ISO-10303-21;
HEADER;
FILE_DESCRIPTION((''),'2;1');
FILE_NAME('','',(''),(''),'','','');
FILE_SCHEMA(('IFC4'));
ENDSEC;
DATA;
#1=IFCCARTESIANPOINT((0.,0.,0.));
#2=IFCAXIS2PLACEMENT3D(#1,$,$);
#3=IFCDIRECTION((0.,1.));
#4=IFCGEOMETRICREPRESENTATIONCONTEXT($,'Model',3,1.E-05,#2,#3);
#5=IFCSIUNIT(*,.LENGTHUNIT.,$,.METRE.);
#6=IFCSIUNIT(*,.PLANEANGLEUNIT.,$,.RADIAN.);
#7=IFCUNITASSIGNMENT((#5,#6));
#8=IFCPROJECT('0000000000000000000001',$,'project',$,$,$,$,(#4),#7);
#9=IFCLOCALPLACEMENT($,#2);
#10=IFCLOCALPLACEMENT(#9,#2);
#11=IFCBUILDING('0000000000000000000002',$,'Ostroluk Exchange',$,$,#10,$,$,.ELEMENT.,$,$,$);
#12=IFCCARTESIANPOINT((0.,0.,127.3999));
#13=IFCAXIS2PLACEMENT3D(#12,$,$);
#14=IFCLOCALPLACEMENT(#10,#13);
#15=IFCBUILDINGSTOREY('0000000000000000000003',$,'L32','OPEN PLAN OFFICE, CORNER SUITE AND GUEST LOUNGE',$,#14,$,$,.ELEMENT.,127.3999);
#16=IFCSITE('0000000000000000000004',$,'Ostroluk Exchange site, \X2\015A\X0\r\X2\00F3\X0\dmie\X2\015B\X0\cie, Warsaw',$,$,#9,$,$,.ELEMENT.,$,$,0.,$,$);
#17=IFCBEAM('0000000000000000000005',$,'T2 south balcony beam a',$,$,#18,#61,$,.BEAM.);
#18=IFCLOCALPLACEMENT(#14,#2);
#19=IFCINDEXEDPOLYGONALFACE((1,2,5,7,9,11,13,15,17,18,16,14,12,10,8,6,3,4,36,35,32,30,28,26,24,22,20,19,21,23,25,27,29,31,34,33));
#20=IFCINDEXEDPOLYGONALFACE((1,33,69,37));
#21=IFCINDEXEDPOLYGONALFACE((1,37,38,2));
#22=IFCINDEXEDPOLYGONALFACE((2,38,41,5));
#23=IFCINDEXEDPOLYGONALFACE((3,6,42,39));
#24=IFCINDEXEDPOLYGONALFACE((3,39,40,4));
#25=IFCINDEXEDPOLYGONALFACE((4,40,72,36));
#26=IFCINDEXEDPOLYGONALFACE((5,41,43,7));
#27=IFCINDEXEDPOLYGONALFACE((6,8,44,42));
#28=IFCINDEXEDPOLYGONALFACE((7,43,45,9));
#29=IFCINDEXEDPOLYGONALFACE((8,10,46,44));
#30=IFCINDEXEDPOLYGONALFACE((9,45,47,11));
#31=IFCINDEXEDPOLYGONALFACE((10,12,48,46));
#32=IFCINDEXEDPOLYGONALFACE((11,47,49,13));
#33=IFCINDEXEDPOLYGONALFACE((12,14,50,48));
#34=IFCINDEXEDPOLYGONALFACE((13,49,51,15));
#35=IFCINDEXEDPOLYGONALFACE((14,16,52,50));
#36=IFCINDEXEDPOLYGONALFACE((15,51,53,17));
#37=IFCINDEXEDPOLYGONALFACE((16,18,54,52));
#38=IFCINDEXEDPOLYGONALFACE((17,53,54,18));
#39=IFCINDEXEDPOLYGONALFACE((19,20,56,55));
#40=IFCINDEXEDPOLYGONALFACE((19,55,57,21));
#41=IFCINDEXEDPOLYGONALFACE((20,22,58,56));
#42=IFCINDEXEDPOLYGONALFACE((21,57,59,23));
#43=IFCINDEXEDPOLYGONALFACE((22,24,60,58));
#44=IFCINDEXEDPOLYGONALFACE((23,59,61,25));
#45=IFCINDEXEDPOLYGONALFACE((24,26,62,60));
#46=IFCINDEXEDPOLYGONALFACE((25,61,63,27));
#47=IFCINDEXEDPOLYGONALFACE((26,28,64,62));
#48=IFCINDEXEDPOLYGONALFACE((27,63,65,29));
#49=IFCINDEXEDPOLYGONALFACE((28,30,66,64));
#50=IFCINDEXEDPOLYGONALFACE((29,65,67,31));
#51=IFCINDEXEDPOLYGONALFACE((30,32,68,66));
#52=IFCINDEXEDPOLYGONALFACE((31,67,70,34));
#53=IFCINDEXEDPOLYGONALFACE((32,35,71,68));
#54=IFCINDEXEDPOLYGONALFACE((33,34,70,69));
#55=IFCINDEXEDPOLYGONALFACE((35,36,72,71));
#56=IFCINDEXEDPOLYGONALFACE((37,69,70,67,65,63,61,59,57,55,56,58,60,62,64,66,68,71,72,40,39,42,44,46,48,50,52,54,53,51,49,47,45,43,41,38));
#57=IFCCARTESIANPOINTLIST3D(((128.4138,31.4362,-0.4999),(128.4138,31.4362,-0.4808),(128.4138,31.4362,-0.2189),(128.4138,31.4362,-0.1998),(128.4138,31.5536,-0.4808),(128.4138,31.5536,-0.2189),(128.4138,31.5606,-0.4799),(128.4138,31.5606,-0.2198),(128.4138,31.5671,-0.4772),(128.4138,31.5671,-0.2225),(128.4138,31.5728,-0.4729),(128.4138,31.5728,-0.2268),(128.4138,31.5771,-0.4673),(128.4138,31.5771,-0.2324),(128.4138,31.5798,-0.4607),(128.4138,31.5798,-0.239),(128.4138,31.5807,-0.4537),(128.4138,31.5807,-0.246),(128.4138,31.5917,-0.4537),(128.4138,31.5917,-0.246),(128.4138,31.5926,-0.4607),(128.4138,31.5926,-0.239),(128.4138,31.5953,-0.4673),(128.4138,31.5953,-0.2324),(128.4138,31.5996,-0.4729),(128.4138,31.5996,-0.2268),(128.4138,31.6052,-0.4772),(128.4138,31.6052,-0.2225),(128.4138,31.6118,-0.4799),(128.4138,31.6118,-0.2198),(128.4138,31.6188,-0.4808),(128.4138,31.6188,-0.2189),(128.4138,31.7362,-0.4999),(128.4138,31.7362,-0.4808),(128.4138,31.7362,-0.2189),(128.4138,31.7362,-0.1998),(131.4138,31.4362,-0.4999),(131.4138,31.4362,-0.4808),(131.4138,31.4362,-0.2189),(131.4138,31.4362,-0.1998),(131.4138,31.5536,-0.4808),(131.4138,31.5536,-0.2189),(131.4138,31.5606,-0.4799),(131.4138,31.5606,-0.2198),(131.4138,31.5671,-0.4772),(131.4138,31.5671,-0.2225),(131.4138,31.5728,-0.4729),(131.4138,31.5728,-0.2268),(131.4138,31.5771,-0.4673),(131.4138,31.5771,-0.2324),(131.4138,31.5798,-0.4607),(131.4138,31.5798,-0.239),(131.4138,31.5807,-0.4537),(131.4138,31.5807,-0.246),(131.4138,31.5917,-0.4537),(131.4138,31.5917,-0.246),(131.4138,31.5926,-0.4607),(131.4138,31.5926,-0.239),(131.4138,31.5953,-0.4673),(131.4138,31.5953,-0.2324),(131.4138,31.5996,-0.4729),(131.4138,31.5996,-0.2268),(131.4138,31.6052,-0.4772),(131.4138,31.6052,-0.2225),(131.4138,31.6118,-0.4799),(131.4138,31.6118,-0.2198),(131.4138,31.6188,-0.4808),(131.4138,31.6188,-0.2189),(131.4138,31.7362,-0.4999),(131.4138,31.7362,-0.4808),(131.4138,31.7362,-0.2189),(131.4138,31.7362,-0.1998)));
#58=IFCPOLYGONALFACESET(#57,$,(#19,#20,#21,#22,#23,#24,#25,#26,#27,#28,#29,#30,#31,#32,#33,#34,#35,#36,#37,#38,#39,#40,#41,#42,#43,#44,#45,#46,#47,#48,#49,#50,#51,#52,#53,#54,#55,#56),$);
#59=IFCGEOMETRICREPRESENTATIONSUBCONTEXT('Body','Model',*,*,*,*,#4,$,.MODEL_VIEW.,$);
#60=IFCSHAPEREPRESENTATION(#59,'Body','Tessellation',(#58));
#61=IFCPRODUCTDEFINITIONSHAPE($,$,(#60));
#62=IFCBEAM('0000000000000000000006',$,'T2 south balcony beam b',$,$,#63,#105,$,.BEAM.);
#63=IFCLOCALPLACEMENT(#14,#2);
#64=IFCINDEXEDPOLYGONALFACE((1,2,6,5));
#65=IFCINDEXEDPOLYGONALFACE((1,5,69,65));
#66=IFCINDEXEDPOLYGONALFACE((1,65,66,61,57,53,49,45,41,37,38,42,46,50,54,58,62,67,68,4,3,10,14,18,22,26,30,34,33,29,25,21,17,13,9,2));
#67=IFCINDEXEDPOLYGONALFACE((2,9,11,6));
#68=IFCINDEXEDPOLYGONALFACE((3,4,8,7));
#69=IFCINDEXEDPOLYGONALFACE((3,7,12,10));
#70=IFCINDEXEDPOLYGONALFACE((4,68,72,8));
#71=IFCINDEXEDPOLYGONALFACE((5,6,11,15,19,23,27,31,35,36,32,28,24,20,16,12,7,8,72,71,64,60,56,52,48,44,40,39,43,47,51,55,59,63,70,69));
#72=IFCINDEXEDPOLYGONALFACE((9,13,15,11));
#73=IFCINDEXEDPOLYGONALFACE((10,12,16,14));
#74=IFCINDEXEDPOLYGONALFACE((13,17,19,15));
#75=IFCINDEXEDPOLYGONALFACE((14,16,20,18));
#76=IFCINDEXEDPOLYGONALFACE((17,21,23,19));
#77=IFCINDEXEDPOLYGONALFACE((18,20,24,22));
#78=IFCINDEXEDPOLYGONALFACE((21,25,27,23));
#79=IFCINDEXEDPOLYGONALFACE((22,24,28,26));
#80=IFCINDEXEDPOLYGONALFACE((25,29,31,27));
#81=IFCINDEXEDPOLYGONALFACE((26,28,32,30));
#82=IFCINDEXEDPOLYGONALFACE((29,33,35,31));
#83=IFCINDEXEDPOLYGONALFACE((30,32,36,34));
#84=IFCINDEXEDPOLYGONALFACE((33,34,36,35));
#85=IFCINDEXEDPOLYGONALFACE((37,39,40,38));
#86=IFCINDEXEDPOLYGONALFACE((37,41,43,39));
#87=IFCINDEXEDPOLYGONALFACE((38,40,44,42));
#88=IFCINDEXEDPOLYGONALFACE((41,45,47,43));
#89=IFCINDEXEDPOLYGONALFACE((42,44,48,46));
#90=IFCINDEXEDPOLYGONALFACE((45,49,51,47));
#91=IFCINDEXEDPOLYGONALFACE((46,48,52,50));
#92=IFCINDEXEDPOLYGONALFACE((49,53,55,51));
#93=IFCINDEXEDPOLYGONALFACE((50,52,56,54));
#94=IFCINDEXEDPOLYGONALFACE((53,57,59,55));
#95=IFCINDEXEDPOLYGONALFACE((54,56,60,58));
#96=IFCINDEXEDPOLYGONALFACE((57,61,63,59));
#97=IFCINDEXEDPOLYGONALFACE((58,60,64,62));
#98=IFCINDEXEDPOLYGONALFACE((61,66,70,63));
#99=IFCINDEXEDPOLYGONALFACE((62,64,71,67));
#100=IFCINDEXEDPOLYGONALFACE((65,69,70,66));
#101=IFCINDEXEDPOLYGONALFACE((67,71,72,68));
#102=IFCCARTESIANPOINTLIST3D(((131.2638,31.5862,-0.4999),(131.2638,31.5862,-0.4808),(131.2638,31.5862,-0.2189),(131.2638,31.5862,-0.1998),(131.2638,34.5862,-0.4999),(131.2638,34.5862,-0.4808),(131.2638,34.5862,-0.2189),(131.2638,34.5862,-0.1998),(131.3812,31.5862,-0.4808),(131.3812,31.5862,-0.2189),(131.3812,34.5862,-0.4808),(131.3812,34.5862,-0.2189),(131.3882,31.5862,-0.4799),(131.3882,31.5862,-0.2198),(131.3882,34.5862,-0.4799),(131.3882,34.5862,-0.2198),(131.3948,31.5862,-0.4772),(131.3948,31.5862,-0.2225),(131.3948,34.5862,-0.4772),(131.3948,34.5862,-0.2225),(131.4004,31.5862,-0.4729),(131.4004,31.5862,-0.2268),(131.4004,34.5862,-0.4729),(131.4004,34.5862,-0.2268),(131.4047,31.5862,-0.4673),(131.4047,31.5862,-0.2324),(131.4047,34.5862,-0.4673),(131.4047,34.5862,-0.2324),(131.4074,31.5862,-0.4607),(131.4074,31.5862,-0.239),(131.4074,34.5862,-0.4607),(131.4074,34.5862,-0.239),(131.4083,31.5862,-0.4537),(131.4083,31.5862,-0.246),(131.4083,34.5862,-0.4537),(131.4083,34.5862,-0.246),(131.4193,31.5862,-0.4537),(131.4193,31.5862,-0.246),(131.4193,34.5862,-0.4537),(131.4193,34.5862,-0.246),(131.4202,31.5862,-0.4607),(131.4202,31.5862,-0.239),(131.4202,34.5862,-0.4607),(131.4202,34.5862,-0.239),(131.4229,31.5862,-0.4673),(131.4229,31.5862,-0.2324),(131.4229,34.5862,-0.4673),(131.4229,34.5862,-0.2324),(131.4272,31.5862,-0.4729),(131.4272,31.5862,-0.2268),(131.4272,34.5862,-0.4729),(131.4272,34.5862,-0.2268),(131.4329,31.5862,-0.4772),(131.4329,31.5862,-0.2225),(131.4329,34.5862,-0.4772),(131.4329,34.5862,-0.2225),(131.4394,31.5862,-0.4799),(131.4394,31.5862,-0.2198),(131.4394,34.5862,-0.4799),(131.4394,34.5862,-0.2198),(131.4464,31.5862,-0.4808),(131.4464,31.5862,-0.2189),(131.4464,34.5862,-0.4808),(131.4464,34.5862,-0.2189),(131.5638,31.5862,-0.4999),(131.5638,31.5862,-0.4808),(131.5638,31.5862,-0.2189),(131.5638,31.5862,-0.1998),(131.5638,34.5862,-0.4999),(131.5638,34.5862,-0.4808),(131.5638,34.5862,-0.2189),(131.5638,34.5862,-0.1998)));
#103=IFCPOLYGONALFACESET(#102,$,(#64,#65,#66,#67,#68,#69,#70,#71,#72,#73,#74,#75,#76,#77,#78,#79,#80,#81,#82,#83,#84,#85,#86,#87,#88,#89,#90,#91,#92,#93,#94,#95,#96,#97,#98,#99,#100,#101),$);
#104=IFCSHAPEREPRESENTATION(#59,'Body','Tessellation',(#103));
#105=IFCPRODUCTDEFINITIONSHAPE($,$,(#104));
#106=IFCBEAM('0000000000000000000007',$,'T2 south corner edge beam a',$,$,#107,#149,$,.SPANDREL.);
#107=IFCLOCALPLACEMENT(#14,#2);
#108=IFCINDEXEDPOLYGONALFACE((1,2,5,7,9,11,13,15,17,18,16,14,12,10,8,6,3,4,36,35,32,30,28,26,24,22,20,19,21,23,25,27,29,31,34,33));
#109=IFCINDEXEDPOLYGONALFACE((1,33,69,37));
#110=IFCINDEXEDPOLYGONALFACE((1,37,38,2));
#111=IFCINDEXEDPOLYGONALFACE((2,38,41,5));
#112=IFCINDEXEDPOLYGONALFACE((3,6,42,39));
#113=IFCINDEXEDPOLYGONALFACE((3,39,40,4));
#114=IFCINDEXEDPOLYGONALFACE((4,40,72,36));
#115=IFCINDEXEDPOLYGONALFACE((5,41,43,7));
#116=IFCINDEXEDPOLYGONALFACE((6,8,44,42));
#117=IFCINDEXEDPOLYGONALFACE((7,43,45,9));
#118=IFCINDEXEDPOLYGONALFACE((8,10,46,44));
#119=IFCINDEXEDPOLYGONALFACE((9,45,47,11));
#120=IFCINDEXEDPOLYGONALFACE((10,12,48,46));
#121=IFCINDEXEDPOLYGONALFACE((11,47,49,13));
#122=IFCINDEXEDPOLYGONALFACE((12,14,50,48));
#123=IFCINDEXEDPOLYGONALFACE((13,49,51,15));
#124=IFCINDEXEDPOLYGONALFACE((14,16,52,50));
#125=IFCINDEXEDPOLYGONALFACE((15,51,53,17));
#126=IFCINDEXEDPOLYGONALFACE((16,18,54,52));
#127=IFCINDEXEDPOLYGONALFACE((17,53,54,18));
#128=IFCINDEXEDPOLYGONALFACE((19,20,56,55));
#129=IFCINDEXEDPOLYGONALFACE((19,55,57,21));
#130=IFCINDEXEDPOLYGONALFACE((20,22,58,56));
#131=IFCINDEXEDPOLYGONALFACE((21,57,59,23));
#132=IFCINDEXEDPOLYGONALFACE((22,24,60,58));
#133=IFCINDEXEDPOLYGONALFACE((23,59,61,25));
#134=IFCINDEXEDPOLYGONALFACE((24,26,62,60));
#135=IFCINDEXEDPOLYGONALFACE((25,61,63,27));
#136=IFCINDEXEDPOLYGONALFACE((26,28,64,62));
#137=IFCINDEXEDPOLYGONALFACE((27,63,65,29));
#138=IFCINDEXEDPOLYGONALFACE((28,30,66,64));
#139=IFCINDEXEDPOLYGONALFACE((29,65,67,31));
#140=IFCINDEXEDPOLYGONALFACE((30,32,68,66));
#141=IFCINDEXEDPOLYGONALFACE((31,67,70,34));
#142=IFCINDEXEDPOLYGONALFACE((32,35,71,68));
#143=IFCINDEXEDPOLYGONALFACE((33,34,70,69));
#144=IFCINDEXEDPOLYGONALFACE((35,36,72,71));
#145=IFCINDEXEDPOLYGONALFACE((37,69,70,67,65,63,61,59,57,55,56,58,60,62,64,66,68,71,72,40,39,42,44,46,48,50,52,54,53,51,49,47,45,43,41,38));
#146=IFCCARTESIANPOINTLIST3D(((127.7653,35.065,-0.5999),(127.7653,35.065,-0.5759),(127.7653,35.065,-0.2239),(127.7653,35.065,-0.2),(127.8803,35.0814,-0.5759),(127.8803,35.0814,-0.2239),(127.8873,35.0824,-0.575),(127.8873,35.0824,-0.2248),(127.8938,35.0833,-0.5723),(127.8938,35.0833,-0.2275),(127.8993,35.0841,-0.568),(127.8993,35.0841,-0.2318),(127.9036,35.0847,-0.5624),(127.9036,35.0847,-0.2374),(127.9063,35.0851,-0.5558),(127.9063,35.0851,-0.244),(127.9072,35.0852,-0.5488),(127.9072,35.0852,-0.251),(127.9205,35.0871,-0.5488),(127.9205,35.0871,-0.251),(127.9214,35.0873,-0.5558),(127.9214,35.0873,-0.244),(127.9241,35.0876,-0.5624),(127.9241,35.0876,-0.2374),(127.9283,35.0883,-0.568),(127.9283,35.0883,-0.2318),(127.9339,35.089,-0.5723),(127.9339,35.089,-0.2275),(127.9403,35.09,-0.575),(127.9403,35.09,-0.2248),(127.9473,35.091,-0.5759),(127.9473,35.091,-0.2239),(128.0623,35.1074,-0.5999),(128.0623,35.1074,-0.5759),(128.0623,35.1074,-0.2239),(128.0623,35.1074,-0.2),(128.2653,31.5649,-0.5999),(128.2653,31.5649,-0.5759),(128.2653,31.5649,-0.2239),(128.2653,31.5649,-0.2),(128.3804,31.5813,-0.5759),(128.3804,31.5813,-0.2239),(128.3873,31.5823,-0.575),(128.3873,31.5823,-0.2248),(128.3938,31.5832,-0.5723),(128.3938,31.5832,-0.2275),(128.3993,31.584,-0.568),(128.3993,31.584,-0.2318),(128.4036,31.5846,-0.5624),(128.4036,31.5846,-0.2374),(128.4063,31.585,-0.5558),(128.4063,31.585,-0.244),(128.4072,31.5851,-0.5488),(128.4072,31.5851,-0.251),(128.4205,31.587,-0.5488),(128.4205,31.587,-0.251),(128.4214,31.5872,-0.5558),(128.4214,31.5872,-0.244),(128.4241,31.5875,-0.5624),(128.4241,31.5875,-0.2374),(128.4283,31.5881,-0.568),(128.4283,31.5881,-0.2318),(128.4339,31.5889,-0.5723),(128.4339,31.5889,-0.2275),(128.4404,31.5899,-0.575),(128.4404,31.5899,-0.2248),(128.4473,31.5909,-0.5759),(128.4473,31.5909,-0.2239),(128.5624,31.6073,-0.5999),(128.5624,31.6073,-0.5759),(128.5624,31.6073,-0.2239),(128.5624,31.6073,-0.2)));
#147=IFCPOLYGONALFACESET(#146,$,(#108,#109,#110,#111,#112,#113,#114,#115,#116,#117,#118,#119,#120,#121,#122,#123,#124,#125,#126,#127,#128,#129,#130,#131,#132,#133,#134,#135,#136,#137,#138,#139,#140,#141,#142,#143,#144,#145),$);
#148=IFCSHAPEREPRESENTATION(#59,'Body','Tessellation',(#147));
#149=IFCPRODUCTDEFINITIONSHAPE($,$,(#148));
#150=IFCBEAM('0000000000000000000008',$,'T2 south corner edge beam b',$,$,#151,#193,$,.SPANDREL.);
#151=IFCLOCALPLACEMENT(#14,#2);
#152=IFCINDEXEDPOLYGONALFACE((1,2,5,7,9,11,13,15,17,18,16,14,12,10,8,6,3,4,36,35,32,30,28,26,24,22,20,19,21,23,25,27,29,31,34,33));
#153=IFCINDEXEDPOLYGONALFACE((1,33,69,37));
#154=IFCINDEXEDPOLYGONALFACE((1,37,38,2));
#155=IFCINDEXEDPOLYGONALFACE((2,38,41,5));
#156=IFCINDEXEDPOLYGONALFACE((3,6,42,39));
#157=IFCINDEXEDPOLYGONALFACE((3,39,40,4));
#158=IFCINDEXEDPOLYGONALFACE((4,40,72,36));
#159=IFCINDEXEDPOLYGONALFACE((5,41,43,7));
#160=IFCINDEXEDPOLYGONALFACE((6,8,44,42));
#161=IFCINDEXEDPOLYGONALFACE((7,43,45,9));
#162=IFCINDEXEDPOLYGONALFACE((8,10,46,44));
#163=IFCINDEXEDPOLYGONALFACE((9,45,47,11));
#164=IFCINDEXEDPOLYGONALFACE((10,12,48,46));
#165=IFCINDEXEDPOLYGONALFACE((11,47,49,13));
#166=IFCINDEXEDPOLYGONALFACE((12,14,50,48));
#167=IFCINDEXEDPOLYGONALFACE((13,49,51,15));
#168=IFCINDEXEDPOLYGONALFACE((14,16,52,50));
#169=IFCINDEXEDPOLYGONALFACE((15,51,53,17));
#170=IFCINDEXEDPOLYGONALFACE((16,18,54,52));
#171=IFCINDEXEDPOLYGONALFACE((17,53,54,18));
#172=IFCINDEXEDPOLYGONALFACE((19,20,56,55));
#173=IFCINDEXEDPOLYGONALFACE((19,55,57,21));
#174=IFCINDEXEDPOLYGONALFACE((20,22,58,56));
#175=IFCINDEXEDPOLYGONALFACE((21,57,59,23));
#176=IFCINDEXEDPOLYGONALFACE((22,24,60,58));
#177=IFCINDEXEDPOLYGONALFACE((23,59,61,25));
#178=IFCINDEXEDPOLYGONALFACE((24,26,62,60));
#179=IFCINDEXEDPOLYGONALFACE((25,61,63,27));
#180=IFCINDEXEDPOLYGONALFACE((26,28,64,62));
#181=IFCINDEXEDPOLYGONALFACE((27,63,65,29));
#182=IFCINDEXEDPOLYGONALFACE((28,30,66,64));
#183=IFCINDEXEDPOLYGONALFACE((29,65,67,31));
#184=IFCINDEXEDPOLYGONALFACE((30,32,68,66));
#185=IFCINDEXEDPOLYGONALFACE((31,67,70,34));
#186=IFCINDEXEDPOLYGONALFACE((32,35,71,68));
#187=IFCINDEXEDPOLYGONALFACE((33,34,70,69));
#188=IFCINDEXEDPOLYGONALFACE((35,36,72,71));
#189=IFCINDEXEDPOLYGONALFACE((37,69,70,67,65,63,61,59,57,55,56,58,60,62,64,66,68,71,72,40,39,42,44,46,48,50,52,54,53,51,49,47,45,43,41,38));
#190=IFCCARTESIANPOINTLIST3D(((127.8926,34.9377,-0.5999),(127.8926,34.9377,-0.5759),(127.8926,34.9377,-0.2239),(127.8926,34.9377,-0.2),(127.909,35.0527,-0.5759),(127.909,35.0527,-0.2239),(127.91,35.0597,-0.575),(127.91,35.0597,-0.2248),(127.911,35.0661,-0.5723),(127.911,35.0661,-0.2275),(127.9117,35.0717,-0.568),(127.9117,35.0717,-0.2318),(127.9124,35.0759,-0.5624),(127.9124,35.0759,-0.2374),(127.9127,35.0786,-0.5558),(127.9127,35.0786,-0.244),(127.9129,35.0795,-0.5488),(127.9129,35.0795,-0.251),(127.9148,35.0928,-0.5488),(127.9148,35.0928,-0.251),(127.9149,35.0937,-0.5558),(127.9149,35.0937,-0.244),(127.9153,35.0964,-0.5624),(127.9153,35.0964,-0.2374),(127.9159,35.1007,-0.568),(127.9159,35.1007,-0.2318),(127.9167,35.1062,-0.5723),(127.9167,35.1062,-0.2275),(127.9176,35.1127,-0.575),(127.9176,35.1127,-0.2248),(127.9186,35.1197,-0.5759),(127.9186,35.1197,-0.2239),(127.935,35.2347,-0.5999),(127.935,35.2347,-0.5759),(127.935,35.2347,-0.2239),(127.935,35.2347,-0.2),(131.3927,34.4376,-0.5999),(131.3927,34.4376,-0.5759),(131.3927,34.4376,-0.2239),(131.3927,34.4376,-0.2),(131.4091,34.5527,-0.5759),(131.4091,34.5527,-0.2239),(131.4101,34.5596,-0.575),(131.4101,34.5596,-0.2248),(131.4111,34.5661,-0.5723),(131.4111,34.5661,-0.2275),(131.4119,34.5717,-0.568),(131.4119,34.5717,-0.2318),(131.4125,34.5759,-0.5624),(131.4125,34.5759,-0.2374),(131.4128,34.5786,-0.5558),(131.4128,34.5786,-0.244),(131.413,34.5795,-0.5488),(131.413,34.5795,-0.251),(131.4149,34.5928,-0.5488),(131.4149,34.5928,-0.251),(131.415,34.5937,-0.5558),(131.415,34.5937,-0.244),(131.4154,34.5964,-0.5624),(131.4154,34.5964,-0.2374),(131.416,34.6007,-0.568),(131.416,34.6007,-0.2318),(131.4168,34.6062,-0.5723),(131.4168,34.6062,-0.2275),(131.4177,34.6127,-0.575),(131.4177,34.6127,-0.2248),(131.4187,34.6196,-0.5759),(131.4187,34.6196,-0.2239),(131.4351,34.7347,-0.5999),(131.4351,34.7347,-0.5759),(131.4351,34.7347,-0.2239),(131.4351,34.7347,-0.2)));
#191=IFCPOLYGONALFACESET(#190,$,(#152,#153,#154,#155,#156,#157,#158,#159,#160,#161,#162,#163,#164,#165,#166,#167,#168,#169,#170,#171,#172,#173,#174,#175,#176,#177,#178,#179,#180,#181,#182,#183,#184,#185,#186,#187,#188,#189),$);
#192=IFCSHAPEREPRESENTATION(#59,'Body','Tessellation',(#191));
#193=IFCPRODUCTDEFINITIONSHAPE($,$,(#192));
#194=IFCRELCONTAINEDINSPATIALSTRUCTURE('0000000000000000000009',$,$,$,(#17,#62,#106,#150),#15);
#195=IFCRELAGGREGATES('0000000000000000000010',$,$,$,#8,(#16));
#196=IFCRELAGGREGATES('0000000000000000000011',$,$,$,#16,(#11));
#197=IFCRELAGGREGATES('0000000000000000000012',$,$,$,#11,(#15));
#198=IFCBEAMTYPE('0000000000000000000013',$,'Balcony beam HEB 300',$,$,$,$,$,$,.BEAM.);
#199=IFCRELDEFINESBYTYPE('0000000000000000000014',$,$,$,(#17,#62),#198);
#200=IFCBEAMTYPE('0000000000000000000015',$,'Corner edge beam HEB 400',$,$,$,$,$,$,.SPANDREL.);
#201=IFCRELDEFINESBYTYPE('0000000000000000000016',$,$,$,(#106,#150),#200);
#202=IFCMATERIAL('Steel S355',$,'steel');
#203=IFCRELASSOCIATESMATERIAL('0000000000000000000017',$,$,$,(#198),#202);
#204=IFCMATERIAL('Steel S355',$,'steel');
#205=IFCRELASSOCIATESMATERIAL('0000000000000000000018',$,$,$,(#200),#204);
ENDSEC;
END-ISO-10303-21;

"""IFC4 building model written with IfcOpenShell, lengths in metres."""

from ifc_helpers import new_model, si_unit, direction, frame, origin, origin_2d, place, context, subcontext, project, spatial, i_section, extrude, material, material_profile, profile_set, type_object, element, save


model = new_model("IFC4")

# Units and contexts
model_context = context("Model", 3, precision=1e-05, world=origin(), true_north=direction((0.0, 1.0)))
body_context = subcontext(model_context, "Body", "Model", "MODEL_VIEW")
ifc_project = project(units=[si_unit("LENGTHUNIT", "METRE"), si_unit("PLANEANGLEUNIT", "RADIAN")], contexts=[model_context])

# Site, building, storey
site_placement = place(None, origin())
site = spatial("IfcSite", under=ifc_project, at=site_placement, Name="Ostroluk Exchange site, Śródmieście, Warsaw", CompositionType="ELEMENT", RefElevation=0.0)
building_placement = place(site_placement, origin())
building = spatial("IfcBuilding", under=site, at=building_placement, Name="Ostroluk Exchange", CompositionType="ELEMENT")
storey_placement = place(building_placement, frame((0.0, 0.0, 127.3999)))
storey = spatial("IfcBuildingStorey", under=building, at=storey_placement, Name="L32", Description="OPEN PLAN OFFICE, CORNER SUITE AND GUEST LOUNGE", CompositionType="ELEMENT", Elevation=127.3999)

# Beams
ifc_material_1 = material(Name="Steel S355", Category="steel")
ifc_material_profile_1 = material_profile(ifc_material_1, i_section(OverallWidth=0.3, OverallDepth=0.3, WebThickness=0.011, FlangeThickness=0.019, FilletRadius=0.0271, at=origin_2d()), Name="HEB 300")
ifc_profile_set_1 = profile_set([ifc_material_profile_1], Name="Steel S355")
beam_type_1 = type_object("IfcBeamType", Name="Balcony beam HEB 300", PredefinedType="BEAM", material=ifc_profile_set_1)
for number, where, z_axis, x_axis, name in (
    (1, (128.4138, 31.5862, -0.3499), (1.0, 0.0, 0.0), (0.0, 1.0, 0.0), "T2 south balcony beam a"),
    (2, (131.4138, 34.5862, -0.3499), (0.0, -1.0, 0.0), (1.0, 0.0, 0.0), "T2 south balcony beam b"),
):
    element("IfcBeam", number, at=place(storey_placement, frame(where, z_axis=z_axis, x_axis=x_axis)), inside=storey, type_object=beam_type_1, Name=name, PredefinedType="BEAM", context=body_context, shape_type="SweptSolid", body=[
        extrude(i_section(OverallWidth=0.3, OverallDepth=0.3, WebThickness=0.011, FlangeThickness=0.019, FilletRadius=0.0271, at=origin_2d()), origin(), (0.0, 0.0, 1.0), 3.0),
    ])
ifc_material_2 = material(Name="Steel S355", Category="steel")
ifc_material_profile_2 = material_profile(ifc_material_2, i_section(OverallWidth=0.3, OverallDepth=0.3999, WebThickness=0.0134, FlangeThickness=0.0239, FilletRadius=0.0271, at=origin_2d()), Name="HEB 400")
ifc_profile_set_2 = profile_set([ifc_material_profile_2], Name="Steel S355")
beam_type_2 = type_object("IfcBeamType", Name="Corner edge beam HEB 400", PredefinedType="SPANDREL", material=ifc_profile_set_2)
for number, where, z_axis, x_axis, name in (
    (3, (127.9138, 35.0862, -0.3999), (0.141421, -0.989949, 0.0), (0.989949, 0.141421, 0.0), "T2 south corner edge beam a"),
    (4, (127.9138, 35.0862, -0.3999), (0.989949, -0.141421, 0.0), (0.141421, 0.989949, 0.0), "T2 south corner edge beam b"),
):
    element("IfcBeam", number, at=place(storey_placement, frame(where, z_axis=z_axis, x_axis=x_axis)), inside=storey, type_object=beam_type_2, Name=name, PredefinedType="SPANDREL", context=body_context, shape_type="SweptSolid", body=[
        extrude(i_section(OverallWidth=0.3, OverallDepth=0.3999, WebThickness=0.0134, FlangeThickness=0.0239, FilletRadius=0.0271, at=origin_2d()), origin(), (0.0, 0.0, 1.0), 3.5356),
    ])

save(model, "model.ifc")
